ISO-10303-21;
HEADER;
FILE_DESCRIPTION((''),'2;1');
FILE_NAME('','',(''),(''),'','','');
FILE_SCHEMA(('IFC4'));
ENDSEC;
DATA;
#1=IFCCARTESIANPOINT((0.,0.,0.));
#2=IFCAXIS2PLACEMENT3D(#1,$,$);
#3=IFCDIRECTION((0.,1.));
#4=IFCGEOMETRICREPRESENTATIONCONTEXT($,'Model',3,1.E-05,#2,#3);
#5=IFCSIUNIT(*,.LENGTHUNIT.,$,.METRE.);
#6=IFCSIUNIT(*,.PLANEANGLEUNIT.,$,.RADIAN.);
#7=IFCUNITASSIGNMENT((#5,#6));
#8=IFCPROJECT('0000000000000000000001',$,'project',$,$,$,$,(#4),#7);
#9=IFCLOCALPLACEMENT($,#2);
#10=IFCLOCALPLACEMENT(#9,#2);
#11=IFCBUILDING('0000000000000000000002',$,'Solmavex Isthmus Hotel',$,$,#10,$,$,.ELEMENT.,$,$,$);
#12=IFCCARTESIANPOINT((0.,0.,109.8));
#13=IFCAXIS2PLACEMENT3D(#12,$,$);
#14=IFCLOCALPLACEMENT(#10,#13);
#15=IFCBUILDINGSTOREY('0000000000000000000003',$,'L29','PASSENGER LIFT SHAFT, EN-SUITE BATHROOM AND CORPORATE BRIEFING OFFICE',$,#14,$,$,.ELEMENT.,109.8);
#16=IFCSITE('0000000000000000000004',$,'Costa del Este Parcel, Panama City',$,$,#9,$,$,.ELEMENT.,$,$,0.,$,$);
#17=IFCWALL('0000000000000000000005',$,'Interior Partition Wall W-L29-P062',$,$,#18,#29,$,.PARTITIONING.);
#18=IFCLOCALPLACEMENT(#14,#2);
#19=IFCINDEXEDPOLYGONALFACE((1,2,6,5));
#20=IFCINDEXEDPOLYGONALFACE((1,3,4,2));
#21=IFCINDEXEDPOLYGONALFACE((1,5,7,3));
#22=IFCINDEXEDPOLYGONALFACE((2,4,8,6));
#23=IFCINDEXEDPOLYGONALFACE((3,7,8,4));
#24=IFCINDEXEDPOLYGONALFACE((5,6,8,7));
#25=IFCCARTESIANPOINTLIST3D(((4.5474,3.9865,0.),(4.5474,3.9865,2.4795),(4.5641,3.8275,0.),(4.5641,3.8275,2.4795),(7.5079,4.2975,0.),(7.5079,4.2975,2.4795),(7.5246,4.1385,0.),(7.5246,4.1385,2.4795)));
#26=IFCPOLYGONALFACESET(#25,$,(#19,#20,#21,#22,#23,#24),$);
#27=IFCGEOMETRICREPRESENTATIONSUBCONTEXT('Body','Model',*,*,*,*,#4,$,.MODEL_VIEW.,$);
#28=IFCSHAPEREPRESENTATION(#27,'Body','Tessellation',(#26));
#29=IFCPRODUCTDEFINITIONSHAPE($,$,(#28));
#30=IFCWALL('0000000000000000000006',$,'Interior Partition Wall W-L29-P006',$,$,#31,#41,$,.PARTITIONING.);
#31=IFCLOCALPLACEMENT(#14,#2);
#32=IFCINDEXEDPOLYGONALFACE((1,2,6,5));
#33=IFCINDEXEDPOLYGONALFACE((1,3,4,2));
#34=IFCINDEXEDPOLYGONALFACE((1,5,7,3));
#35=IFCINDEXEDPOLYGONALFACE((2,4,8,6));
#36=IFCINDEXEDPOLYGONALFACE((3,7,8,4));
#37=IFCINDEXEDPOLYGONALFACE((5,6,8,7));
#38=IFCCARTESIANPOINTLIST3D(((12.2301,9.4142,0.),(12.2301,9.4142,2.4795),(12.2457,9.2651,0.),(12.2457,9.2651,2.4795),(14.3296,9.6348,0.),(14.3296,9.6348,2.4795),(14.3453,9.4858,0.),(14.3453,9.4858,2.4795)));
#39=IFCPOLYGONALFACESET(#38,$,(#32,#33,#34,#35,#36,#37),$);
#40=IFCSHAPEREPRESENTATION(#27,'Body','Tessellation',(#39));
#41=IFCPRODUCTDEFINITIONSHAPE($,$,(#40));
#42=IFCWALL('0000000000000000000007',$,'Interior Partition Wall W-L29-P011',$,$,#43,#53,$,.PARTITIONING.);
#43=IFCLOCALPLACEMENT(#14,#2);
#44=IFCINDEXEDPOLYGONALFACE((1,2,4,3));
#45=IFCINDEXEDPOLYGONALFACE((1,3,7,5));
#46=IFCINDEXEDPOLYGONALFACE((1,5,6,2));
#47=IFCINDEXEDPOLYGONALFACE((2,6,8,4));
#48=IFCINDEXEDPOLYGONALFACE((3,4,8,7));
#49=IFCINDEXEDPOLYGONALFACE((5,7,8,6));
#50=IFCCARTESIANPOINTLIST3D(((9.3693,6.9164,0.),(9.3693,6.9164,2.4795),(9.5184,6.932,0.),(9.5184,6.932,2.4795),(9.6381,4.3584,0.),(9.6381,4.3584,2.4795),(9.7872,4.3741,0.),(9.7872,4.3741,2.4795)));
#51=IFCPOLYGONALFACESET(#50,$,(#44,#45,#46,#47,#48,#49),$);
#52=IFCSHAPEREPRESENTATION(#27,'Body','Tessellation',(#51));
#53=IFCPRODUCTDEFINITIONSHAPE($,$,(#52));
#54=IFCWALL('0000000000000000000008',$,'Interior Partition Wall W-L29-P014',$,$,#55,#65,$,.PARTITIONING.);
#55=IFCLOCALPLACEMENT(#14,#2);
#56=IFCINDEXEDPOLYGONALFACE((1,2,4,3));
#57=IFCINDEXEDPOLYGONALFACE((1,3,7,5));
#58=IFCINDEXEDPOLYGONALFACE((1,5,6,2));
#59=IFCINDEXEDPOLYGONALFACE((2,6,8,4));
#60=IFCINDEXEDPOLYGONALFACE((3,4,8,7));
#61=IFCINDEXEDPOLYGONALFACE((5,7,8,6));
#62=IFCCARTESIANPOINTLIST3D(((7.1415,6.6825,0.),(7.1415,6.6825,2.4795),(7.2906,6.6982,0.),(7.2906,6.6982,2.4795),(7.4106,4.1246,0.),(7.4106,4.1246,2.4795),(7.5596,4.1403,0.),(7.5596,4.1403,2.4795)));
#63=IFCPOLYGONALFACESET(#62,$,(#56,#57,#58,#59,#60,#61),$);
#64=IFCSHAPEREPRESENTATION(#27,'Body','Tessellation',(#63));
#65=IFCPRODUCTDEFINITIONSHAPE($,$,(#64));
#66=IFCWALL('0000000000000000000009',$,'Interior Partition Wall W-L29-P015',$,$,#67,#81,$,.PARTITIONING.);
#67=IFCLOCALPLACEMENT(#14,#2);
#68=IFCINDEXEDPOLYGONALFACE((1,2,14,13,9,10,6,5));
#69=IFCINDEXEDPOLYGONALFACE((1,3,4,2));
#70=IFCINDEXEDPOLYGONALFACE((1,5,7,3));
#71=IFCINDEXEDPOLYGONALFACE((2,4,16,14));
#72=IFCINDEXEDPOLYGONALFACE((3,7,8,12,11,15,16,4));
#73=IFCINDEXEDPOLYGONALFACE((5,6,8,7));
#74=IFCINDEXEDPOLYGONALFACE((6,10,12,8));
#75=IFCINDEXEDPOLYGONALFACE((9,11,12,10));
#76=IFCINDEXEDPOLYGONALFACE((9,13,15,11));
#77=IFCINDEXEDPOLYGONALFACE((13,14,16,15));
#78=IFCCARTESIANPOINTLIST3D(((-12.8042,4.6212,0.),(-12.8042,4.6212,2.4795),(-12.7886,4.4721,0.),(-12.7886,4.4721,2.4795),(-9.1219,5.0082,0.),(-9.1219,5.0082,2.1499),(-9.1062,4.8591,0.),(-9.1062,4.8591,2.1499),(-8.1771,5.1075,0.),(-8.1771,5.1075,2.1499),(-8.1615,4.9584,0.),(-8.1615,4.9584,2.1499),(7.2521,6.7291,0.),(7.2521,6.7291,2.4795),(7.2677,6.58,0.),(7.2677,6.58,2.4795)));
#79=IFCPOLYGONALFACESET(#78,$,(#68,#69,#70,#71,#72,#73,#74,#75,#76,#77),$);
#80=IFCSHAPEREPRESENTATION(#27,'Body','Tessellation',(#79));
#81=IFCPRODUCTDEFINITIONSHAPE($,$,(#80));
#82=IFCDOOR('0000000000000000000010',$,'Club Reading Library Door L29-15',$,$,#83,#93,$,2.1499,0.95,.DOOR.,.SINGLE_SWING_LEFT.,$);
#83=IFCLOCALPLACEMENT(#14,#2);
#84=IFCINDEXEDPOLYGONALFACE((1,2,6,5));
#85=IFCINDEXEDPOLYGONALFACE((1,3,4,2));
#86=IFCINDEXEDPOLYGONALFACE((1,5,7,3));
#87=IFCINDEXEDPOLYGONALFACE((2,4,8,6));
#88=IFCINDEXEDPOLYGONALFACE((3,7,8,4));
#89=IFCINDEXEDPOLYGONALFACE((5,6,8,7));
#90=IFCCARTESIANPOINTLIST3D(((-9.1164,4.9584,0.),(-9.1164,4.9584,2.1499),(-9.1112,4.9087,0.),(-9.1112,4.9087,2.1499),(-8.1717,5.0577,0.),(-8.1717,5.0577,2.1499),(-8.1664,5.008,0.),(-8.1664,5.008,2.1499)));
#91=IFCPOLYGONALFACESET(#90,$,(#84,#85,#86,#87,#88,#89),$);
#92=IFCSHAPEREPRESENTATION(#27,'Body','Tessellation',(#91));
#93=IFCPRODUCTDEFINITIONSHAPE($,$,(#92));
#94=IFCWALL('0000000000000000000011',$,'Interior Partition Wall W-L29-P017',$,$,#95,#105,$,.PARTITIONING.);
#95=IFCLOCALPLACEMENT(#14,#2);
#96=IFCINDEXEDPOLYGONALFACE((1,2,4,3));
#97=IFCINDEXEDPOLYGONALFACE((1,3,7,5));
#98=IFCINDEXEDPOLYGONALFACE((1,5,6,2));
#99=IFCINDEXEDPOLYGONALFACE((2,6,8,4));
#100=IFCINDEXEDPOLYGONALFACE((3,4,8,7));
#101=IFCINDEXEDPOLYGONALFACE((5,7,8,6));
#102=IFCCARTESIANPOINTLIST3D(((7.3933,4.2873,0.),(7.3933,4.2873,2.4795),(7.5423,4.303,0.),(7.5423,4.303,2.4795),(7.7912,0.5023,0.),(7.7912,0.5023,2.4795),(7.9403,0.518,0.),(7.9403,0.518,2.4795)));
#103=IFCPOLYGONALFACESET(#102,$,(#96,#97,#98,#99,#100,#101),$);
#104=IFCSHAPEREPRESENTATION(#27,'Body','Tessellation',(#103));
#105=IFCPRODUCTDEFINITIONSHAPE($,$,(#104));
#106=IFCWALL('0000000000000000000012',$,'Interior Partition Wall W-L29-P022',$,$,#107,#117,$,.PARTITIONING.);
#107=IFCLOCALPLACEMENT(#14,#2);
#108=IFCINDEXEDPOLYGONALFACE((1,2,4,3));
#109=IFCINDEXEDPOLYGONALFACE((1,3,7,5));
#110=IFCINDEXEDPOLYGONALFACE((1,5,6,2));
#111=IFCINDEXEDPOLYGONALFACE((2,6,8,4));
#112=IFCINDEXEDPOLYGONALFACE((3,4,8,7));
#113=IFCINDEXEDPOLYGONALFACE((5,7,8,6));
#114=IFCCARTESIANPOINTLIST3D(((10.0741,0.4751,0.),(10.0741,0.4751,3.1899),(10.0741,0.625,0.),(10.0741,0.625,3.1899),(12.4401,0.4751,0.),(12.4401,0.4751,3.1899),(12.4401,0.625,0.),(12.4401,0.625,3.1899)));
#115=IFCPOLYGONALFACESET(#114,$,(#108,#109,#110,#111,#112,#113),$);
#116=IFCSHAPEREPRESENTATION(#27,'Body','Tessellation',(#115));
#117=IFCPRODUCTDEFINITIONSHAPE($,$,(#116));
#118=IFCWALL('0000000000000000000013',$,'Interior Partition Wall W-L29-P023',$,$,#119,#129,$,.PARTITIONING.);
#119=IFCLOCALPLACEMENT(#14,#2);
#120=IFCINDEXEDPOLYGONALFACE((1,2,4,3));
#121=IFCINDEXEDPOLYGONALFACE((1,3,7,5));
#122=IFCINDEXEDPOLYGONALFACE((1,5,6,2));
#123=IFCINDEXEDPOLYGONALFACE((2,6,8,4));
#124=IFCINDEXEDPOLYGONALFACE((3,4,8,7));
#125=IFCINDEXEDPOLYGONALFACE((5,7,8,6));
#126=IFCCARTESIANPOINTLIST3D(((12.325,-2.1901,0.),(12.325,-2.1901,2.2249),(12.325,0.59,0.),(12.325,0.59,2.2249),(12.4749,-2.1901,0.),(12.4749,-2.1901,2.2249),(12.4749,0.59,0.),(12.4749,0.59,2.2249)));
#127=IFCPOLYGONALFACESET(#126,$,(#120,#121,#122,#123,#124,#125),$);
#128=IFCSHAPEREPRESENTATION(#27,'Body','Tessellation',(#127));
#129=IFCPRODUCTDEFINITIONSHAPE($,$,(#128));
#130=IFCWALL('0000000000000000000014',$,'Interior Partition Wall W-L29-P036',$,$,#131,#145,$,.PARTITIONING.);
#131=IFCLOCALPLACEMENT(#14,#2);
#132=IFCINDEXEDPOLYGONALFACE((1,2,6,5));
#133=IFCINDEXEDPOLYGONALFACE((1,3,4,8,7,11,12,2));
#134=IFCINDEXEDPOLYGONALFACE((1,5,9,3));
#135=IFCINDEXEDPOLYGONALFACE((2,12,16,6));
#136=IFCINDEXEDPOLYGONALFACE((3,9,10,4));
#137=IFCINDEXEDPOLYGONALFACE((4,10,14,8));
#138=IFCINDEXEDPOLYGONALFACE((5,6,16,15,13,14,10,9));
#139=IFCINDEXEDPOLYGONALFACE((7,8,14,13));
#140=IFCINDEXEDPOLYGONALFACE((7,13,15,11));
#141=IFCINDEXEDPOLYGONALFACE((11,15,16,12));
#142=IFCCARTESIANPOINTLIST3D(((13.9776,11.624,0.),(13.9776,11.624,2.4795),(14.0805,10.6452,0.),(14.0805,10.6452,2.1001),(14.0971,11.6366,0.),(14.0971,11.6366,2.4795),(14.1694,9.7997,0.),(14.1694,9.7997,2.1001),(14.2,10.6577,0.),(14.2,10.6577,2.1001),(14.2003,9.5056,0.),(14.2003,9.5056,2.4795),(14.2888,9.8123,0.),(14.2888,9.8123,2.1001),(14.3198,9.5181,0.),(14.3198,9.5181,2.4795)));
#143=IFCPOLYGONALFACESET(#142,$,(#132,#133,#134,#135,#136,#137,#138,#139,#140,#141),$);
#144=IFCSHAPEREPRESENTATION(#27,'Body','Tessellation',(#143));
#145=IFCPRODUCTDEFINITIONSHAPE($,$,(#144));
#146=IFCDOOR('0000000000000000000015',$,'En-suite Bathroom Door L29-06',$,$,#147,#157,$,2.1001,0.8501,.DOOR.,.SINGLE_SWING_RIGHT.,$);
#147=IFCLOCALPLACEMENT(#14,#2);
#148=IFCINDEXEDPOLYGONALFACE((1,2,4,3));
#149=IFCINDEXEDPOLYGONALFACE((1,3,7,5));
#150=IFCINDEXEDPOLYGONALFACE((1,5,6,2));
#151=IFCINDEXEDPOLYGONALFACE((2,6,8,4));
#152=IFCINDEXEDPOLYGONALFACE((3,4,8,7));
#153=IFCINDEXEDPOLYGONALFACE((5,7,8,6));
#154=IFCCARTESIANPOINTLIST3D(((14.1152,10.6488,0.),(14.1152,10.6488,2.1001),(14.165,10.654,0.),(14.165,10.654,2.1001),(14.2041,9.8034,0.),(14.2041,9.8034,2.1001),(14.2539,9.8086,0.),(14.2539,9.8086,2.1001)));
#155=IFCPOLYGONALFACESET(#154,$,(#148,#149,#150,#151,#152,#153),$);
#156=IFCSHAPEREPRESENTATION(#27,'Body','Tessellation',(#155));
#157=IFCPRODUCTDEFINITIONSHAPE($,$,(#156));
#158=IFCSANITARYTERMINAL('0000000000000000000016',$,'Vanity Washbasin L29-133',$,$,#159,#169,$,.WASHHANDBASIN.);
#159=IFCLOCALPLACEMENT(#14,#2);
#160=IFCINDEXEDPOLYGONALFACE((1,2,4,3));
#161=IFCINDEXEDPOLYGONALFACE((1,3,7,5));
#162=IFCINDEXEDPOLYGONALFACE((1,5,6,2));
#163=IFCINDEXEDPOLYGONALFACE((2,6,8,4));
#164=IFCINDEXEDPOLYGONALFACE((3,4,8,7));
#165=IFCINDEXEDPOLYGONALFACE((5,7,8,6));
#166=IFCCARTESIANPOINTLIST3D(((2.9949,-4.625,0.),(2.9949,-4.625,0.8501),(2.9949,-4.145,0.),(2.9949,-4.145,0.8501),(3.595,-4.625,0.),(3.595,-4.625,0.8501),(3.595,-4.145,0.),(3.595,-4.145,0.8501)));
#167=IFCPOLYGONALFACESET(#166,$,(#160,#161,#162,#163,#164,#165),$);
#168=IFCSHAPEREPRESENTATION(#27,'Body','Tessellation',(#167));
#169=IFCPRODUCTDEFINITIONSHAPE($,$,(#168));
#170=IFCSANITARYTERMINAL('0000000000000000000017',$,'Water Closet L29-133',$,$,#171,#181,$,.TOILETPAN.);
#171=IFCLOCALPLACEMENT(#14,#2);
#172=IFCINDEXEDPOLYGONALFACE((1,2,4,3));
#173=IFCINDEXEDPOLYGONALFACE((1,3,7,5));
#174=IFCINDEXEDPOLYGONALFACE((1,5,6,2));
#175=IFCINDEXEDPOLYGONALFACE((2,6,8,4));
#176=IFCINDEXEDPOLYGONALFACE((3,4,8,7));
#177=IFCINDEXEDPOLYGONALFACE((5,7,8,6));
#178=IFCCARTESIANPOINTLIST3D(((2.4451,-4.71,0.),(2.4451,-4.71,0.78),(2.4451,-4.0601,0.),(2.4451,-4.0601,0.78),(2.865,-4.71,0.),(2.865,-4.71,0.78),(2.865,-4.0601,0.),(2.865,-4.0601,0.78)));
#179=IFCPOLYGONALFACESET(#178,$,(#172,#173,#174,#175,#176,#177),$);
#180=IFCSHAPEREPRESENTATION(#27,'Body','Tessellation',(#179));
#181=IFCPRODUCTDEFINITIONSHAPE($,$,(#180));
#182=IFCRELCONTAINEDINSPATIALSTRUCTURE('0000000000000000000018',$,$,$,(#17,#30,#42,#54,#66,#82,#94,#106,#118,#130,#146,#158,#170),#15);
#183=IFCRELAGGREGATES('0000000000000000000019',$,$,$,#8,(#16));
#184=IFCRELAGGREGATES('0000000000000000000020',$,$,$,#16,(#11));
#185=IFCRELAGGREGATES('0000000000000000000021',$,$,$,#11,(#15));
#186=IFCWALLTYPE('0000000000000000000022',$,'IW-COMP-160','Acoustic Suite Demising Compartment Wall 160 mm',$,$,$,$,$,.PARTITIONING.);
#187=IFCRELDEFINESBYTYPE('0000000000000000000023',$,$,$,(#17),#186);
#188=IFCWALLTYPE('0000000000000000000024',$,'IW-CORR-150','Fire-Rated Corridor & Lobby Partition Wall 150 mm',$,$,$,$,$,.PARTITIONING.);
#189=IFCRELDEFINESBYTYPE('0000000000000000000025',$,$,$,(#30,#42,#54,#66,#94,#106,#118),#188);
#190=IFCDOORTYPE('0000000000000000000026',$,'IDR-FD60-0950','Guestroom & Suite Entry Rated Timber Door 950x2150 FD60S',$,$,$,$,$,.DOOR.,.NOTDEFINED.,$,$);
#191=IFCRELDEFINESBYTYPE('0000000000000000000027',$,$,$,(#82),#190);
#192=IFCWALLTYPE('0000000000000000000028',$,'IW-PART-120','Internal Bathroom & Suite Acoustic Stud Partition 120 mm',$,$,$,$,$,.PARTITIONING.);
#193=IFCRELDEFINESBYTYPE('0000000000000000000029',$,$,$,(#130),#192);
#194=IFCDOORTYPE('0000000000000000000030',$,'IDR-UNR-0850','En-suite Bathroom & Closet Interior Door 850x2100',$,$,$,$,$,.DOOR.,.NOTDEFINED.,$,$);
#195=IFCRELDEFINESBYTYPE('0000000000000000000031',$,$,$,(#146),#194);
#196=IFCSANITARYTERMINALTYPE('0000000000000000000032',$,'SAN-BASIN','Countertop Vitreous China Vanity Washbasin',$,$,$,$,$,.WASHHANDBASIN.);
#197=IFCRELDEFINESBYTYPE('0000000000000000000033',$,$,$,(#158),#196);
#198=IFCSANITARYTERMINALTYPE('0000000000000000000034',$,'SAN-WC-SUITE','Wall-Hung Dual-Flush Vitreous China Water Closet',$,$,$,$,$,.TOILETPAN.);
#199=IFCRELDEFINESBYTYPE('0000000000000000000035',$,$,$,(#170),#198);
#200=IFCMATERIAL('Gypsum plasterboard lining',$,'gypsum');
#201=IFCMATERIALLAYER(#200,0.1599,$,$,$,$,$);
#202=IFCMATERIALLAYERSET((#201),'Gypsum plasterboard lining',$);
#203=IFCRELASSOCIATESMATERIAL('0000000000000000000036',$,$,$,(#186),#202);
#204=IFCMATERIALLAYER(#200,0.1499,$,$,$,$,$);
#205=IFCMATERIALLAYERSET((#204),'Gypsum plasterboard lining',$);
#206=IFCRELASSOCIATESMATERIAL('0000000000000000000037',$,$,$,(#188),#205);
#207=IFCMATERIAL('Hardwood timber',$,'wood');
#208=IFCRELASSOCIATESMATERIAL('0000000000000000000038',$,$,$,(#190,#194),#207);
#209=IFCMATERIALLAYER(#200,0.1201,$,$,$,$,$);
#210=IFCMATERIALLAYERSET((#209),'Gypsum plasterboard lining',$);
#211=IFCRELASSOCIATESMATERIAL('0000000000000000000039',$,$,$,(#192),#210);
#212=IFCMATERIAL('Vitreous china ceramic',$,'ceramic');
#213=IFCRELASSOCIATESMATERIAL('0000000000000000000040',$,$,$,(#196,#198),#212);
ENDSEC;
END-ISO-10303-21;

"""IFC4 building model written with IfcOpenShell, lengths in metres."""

from ifc_helpers import new_model, si_unit, direction, frame, frame_2d, origin, origin_2d, place, context, subcontext, project, spatial, rectangle, extrude, material, layer, layer_set, type_object, element, fill, save


model = new_model("IFC4")

# Units and contexts
model_context = context("Model", 3, precision=1e-05, world=origin(), true_north=direction((0.0, 1.0)))
body_context = subcontext(model_context, "Body", "Model", "MODEL_VIEW")
ifc_project = project(units=[si_unit("LENGTHUNIT", "METRE"), si_unit("PLANEANGLEUNIT", "RADIAN")], contexts=[model_context])

# Site, building, storey
site_placement = place(None, origin())
site = spatial("IfcSite", under=ifc_project, at=site_placement, Name="Costa del Este Parcel, Panama City", CompositionType="ELEMENT", RefElevation=0.0)
building_placement = place(site_placement, origin())
building = spatial("IfcBuilding", under=site, at=building_placement, Name="Solmavex Isthmus Hotel", CompositionType="ELEMENT")
storey_placement = place(building_placement, frame((0.0, 0.0, 109.8)))
storey = spatial("IfcBuildingStorey", under=building, at=storey_placement, Name="L29", Description="PASSENGER LIFT SHAFT, EN-SUITE BATHROOM AND CORPORATE BRIEFING OFFICE", CompositionType="ELEMENT", Elevation=109.8)

# Wall
ifc_material_1 = material(Name="Gypsum plasterboard lining", Category="gypsum")
ifc_layer_1 = layer(ifc_material_1, 0.1599)
ifc_layer_set_1 = layer_set([ifc_layer_1], Name="Gypsum plasterboard lining")
wall_type_1 = type_object("IfcWallType", Name="IW-COMP-160", Description="Acoustic Suite Demising Compartment Wall 160 mm", PredefinedType="PARTITIONING", material=ifc_layer_set_1)
wall_1_placement = place(storey_placement, frame((7.5161, 4.218, 0.0), z_axis=(0.0, 0.0, 1.0), x_axis=(-0.994526, -0.104488, 0.0)))
element("IfcWall", 1, at=wall_1_placement, inside=storey, type_object=wall_type_1, Name="Interior Partition Wall W-L29-P062", PredefinedType="PARTITIONING", context=body_context, shape_type="SweptSolid", body=[
    extrude(rectangle(XDim=2.9768, YDim=0.1599, at=frame_2d((1.4883, 0.0))), origin(), (0.0, 0.0, 1.0), 2.4795),
])

# Shared definitions
ifc_layer_2 = layer(ifc_material_1, 0.1499)
ifc_layer_set_2 = layer_set([ifc_layer_2], Name="Gypsum plasterboard lining")
wall_type_2 = type_object("IfcWallType", Name="IW-CORR-150", Description="Fire-Rated Corridor & Lobby Partition Wall 150 mm", PredefinedType="PARTITIONING", material=ifc_layer_set_2)
ifc_material_2 = material(Name="Hardwood timber", Category="wood")
door_type_1 = type_object("IfcDoorType", Name="IDR-FD60-0950", Description="Guestroom & Suite Entry Rated Timber Door 950x2150 FD60S", OperationType="NOTDEFINED", PredefinedType="DOOR", material=ifc_material_2)

# Walls
wall_2_placement = place(storey_placement, frame((12.2378, 9.3396, 0.0), z_axis=(0.0, 0.0, 1.0), x_axis=(0.994521, 0.10454, 0.0)))
element("IfcWall", 2, at=wall_2_placement, inside=storey, type_object=wall_type_2, Name="Interior Partition Wall W-L29-P006", PredefinedType="PARTITIONING", context=body_context, shape_type="SweptSolid", body=[
    extrude(rectangle(XDim=2.1111, YDim=0.1499, at=frame_2d((1.0557, 0.0))), origin(), (0.0, 0.0, 1.0), 2.4795),
])
for number, where, z_axis, x_axis, name in (
    (3, (9.4438, 6.9243, 0.0), (0.0, 0.0, 1.0), (0.104512, -0.994524, 0.0), "Interior Partition Wall W-L29-P011"),
    (4, (7.4851, 4.1323, 0.0), (0.0, 0.0, 1.0), (-0.104606, 0.994514, 0.0), "Interior Partition Wall W-L29-P014"),
):
    element("IfcWall", number, at=place(storey_placement, frame(where, z_axis=z_axis, x_axis=x_axis)), inside=storey, type_object=wall_type_2, Name=name, PredefinedType="PARTITIONING", context=body_context, shape_type="SweptSolid", body=[
        extrude(rectangle(XDim=2.572, YDim=0.1499, at=frame_2d((1.2861, 0.0))), origin(), (0.0, 0.0, 1.0), 2.4795),
    ])

# Wall, opening, door
wall_3_placement = place(storey_placement, frame((7.26, 6.6545, 0.0), z_axis=(0.0, 0.0, 1.0), x_axis=(-0.994522, -0.104523, 0.0)))
wall_3 = element("IfcWall", 5, at=wall_3_placement, inside=storey, type_object=wall_type_2, Name="Interior Partition Wall W-L29-P015", PredefinedType="PARTITIONING", context=body_context, shape_type="SweptSolid", body=[
    extrude(rectangle(XDim=20.1667, YDim=0.1499, at=frame_2d((10.0835, 0.0))), origin(), (0.0, 0.0, 1.0), 2.4795),
])
opening_1_placement = place(wall_3_placement, frame((15.5142, 0.0, 0.0)))
opening_1 = element("IfcOpeningElement", 6, at=opening_1_placement, cuts=wall_3, PredefinedType="OPENING", context=body_context, shape_type="SweptSolid", body=[
    extrude(rectangle(XDim=0.95, YDim=2.1499, at=frame_2d((0.4751, 1.075))), frame((0.0, 0.085, 0.0), z_axis=(0.0, -1.0, 0.0), x_axis=(1.0, 0.0, 0.0)), (0.0, 0.0, 1.0), 0.1699),
])
door_1_placement = place(opening_1_placement, frame((0.95, 0.0, 0.0), z_axis=(0.0, 0.0, 1.0), x_axis=(-1.0, 0.0, 0.0)))
door_1 = element("IfcDoor", 7, at=door_1_placement, inside=storey, type_object=door_type_1, Name="Club Reading Library Door L29-15", OperationType="SINGLE_SWING_LEFT", OverallHeight=2.1499, OverallWidth=0.95, PredefinedType="DOOR", context=body_context, shape_type="SweptSolid", body=[
    extrude(rectangle(XDim=0.95, YDim=2.1499, at=frame_2d((0.4751, 1.075))), frame((0.0, 0.0249, 0.0), z_axis=(0.0, -1.0, 0.0), x_axis=(1.0, 0.0, 0.0)), (0.0, 0.0, 1.0), 0.05),
])
fill(opening_1, door_1)

# Wall
wall_4_placement = place(storey_placement, frame((7.8657, 0.5103, 0.0), z_axis=(0.0, 0.0, 1.0), x_axis=(-0.104558, 0.994519, 0.0)))
element("IfcWall", 8, at=wall_4_placement, inside=storey, type_object=wall_type_2, Name="Interior Partition Wall W-L29-P017", PredefinedType="PARTITIONING", context=body_context, shape_type="SweptSolid", body=[
    extrude(rectangle(XDim=3.8059, YDim=0.1499, at=frame_2d((1.9028, 0.0))), origin(), (0.0, 0.0, 1.0), 2.4795),
])

# Walls
wall_5_placement = place(storey_placement, frame((10.074, 0.55, 0.0), z_axis=(0.0, 0.0, 1.0), x_axis=(1.0, 0.0, 0.0)))
element("IfcWall", 9, at=wall_5_placement, inside=storey, type_object=wall_type_2, Name="Interior Partition Wall W-L29-P022", PredefinedType="PARTITIONING", context=body_context, shape_type="SweptSolid", body=[
    extrude(rectangle(XDim=2.366, YDim=0.1499, at=frame_2d((1.1831, 0.0))), origin(), (0.0, 0.0, 1.0), 3.1899),
])
wall_6_placement = place(storey_placement, frame((12.3999, 0.5901, 0.0), z_axis=(0.0, 0.0, 1.0), x_axis=(0.0, -1.0, 0.0)))
element("IfcWall", 10, at=wall_6_placement, inside=storey, type_object=wall_type_2, Name="Interior Partition Wall W-L29-P023", PredefinedType="PARTITIONING", context=body_context, shape_type="SweptSolid", body=[
    extrude(rectangle(XDim=2.78, YDim=0.1499, at=frame_2d((1.3901, 0.0))), origin(), (0.0, 0.0, 1.0), 2.2249),
])

# Wall, opening, door
ifc_layer_3 = layer(ifc_material_1, 0.1201)
ifc_layer_set_3 = layer_set([ifc_layer_3], Name="Gypsum plasterboard lining")
wall_type_3 = type_object("IfcWallType", Name="IW-PART-120", Description="Internal Bathroom & Suite Acoustic Stud Partition 120 mm", PredefinedType="PARTITIONING", material=ifc_layer_set_3)
wall_7_placement = place(storey_placement, frame((14.26, 9.512, 0.0), z_axis=(0.0, 0.0, 1.0), x_axis=(-0.10453, 0.994522, 0.0)))
wall_7 = element("IfcWall", 11, at=wall_7_placement, inside=storey, type_object=wall_type_3, Name="Interior Partition Wall W-L29-P036", PredefinedType="PARTITIONING", context=body_context, shape_type="SweptSolid", body=[
    extrude(rectangle(XDim=2.1301, YDim=0.1201, at=frame_2d((1.0649, 0.0))), origin(), (0.0, 0.0, 1.0), 2.4795),
])
opening_2_placement = place(wall_7_placement, frame((0.2957, 0.0, 0.0)))
opening_2 = element("IfcOpeningElement", 12, at=opening_2_placement, cuts=wall_7, PredefinedType="OPENING", context=body_context, shape_type="SweptSolid", body=[
    extrude(rectangle(XDim=0.8501, YDim=2.1001, at=frame_2d((0.425, 1.05))), frame((0.0, 0.0701, 0.0), z_axis=(0.0, -1.0, 0.0), x_axis=(1.0, 0.0, 0.0)), (0.0, 0.0, 1.0), 0.1401),
])
door_type_2 = type_object("IfcDoorType", Name="IDR-UNR-0850", Description="En-suite Bathroom & Closet Interior Door 850x2100", OperationType="NOTDEFINED", PredefinedType="DOOR", material=ifc_material_2)
door_2_placement = place(opening_2_placement, frame((0.8501, 0.0, 0.0), z_axis=(0.0, 0.0, 1.0), x_axis=(-1.0, 0.0, 0.0)))
door_2 = element("IfcDoor", 13, at=door_2_placement, inside=storey, type_object=door_type_2, Name="En-suite Bathroom Door L29-06", OperationType="SINGLE_SWING_RIGHT", OverallHeight=2.1001, OverallWidth=0.8501, PredefinedType="DOOR", context=body_context, shape_type="SweptSolid", body=[
    extrude(rectangle(XDim=0.8501, YDim=2.1001, at=frame_2d((0.425, 1.05))), frame((0.0, 0.0249, 0.0), z_axis=(0.0, -1.0, 0.0), x_axis=(1.0, 0.0, 0.0)), (0.0, 0.0, 1.0), 0.05),
])
fill(opening_2, door_2)

# Sanitary terminals
ifc_material_3 = material(Name="Vitreous china ceramic", Category="ceramic")
sanitary_terminal_type_1 = type_object("IfcSanitaryTerminalType", Name="SAN-BASIN", Description="Countertop Vitreous China Vanity Washbasin", PredefinedType="WASHHANDBASIN", material=ifc_material_3)
sanitary_terminal_placement = place(storey_placement, frame((3.2949, -4.385, 0.0), z_axis=(0.0, 0.0, 1.0), x_axis=(1.0, 0.0, 0.0)))
element("IfcSanitaryTerminal", 14, at=sanitary_terminal_placement, inside=storey, type_object=sanitary_terminal_type_1, Name="Vanity Washbasin L29-133", PredefinedType="WASHHANDBASIN", context=body_context, shape_type="SweptSolid", body=[
    extrude(rectangle(XDim=0.6001, YDim=0.48, at=origin_2d()), origin(), (0.0, 0.0, 1.0), 0.8501),
])
sanitary_terminal_type_2 = type_object("IfcSanitaryTerminalType", Name="SAN-WC-SUITE", Description="Wall-Hung Dual-Flush Vitreous China Water Closet", PredefinedType="TOILETPAN", material=ifc_material_3)
for number, where, z_axis, x_axis, name in (
    (15, (2.655, -4.385, 0.0), (0.0, 0.0, 1.0), (1.0, 0.0, 0.0), "Water Closet L29-133"),
):
    element("IfcSanitaryTerminal", number, at=place(storey_placement, frame(where, z_axis=z_axis, x_axis=x_axis)), inside=storey, type_object=sanitary_terminal_type_2, Name=name, PredefinedType="TOILETPAN", context=body_context, shape_type="SweptSolid", body=[
        extrude(rectangle(XDim=0.4199, YDim=0.6499, at=origin_2d()), origin(), (0.0, 0.0, 1.0), 0.78),
    ])

save(model, "model.ifc")
